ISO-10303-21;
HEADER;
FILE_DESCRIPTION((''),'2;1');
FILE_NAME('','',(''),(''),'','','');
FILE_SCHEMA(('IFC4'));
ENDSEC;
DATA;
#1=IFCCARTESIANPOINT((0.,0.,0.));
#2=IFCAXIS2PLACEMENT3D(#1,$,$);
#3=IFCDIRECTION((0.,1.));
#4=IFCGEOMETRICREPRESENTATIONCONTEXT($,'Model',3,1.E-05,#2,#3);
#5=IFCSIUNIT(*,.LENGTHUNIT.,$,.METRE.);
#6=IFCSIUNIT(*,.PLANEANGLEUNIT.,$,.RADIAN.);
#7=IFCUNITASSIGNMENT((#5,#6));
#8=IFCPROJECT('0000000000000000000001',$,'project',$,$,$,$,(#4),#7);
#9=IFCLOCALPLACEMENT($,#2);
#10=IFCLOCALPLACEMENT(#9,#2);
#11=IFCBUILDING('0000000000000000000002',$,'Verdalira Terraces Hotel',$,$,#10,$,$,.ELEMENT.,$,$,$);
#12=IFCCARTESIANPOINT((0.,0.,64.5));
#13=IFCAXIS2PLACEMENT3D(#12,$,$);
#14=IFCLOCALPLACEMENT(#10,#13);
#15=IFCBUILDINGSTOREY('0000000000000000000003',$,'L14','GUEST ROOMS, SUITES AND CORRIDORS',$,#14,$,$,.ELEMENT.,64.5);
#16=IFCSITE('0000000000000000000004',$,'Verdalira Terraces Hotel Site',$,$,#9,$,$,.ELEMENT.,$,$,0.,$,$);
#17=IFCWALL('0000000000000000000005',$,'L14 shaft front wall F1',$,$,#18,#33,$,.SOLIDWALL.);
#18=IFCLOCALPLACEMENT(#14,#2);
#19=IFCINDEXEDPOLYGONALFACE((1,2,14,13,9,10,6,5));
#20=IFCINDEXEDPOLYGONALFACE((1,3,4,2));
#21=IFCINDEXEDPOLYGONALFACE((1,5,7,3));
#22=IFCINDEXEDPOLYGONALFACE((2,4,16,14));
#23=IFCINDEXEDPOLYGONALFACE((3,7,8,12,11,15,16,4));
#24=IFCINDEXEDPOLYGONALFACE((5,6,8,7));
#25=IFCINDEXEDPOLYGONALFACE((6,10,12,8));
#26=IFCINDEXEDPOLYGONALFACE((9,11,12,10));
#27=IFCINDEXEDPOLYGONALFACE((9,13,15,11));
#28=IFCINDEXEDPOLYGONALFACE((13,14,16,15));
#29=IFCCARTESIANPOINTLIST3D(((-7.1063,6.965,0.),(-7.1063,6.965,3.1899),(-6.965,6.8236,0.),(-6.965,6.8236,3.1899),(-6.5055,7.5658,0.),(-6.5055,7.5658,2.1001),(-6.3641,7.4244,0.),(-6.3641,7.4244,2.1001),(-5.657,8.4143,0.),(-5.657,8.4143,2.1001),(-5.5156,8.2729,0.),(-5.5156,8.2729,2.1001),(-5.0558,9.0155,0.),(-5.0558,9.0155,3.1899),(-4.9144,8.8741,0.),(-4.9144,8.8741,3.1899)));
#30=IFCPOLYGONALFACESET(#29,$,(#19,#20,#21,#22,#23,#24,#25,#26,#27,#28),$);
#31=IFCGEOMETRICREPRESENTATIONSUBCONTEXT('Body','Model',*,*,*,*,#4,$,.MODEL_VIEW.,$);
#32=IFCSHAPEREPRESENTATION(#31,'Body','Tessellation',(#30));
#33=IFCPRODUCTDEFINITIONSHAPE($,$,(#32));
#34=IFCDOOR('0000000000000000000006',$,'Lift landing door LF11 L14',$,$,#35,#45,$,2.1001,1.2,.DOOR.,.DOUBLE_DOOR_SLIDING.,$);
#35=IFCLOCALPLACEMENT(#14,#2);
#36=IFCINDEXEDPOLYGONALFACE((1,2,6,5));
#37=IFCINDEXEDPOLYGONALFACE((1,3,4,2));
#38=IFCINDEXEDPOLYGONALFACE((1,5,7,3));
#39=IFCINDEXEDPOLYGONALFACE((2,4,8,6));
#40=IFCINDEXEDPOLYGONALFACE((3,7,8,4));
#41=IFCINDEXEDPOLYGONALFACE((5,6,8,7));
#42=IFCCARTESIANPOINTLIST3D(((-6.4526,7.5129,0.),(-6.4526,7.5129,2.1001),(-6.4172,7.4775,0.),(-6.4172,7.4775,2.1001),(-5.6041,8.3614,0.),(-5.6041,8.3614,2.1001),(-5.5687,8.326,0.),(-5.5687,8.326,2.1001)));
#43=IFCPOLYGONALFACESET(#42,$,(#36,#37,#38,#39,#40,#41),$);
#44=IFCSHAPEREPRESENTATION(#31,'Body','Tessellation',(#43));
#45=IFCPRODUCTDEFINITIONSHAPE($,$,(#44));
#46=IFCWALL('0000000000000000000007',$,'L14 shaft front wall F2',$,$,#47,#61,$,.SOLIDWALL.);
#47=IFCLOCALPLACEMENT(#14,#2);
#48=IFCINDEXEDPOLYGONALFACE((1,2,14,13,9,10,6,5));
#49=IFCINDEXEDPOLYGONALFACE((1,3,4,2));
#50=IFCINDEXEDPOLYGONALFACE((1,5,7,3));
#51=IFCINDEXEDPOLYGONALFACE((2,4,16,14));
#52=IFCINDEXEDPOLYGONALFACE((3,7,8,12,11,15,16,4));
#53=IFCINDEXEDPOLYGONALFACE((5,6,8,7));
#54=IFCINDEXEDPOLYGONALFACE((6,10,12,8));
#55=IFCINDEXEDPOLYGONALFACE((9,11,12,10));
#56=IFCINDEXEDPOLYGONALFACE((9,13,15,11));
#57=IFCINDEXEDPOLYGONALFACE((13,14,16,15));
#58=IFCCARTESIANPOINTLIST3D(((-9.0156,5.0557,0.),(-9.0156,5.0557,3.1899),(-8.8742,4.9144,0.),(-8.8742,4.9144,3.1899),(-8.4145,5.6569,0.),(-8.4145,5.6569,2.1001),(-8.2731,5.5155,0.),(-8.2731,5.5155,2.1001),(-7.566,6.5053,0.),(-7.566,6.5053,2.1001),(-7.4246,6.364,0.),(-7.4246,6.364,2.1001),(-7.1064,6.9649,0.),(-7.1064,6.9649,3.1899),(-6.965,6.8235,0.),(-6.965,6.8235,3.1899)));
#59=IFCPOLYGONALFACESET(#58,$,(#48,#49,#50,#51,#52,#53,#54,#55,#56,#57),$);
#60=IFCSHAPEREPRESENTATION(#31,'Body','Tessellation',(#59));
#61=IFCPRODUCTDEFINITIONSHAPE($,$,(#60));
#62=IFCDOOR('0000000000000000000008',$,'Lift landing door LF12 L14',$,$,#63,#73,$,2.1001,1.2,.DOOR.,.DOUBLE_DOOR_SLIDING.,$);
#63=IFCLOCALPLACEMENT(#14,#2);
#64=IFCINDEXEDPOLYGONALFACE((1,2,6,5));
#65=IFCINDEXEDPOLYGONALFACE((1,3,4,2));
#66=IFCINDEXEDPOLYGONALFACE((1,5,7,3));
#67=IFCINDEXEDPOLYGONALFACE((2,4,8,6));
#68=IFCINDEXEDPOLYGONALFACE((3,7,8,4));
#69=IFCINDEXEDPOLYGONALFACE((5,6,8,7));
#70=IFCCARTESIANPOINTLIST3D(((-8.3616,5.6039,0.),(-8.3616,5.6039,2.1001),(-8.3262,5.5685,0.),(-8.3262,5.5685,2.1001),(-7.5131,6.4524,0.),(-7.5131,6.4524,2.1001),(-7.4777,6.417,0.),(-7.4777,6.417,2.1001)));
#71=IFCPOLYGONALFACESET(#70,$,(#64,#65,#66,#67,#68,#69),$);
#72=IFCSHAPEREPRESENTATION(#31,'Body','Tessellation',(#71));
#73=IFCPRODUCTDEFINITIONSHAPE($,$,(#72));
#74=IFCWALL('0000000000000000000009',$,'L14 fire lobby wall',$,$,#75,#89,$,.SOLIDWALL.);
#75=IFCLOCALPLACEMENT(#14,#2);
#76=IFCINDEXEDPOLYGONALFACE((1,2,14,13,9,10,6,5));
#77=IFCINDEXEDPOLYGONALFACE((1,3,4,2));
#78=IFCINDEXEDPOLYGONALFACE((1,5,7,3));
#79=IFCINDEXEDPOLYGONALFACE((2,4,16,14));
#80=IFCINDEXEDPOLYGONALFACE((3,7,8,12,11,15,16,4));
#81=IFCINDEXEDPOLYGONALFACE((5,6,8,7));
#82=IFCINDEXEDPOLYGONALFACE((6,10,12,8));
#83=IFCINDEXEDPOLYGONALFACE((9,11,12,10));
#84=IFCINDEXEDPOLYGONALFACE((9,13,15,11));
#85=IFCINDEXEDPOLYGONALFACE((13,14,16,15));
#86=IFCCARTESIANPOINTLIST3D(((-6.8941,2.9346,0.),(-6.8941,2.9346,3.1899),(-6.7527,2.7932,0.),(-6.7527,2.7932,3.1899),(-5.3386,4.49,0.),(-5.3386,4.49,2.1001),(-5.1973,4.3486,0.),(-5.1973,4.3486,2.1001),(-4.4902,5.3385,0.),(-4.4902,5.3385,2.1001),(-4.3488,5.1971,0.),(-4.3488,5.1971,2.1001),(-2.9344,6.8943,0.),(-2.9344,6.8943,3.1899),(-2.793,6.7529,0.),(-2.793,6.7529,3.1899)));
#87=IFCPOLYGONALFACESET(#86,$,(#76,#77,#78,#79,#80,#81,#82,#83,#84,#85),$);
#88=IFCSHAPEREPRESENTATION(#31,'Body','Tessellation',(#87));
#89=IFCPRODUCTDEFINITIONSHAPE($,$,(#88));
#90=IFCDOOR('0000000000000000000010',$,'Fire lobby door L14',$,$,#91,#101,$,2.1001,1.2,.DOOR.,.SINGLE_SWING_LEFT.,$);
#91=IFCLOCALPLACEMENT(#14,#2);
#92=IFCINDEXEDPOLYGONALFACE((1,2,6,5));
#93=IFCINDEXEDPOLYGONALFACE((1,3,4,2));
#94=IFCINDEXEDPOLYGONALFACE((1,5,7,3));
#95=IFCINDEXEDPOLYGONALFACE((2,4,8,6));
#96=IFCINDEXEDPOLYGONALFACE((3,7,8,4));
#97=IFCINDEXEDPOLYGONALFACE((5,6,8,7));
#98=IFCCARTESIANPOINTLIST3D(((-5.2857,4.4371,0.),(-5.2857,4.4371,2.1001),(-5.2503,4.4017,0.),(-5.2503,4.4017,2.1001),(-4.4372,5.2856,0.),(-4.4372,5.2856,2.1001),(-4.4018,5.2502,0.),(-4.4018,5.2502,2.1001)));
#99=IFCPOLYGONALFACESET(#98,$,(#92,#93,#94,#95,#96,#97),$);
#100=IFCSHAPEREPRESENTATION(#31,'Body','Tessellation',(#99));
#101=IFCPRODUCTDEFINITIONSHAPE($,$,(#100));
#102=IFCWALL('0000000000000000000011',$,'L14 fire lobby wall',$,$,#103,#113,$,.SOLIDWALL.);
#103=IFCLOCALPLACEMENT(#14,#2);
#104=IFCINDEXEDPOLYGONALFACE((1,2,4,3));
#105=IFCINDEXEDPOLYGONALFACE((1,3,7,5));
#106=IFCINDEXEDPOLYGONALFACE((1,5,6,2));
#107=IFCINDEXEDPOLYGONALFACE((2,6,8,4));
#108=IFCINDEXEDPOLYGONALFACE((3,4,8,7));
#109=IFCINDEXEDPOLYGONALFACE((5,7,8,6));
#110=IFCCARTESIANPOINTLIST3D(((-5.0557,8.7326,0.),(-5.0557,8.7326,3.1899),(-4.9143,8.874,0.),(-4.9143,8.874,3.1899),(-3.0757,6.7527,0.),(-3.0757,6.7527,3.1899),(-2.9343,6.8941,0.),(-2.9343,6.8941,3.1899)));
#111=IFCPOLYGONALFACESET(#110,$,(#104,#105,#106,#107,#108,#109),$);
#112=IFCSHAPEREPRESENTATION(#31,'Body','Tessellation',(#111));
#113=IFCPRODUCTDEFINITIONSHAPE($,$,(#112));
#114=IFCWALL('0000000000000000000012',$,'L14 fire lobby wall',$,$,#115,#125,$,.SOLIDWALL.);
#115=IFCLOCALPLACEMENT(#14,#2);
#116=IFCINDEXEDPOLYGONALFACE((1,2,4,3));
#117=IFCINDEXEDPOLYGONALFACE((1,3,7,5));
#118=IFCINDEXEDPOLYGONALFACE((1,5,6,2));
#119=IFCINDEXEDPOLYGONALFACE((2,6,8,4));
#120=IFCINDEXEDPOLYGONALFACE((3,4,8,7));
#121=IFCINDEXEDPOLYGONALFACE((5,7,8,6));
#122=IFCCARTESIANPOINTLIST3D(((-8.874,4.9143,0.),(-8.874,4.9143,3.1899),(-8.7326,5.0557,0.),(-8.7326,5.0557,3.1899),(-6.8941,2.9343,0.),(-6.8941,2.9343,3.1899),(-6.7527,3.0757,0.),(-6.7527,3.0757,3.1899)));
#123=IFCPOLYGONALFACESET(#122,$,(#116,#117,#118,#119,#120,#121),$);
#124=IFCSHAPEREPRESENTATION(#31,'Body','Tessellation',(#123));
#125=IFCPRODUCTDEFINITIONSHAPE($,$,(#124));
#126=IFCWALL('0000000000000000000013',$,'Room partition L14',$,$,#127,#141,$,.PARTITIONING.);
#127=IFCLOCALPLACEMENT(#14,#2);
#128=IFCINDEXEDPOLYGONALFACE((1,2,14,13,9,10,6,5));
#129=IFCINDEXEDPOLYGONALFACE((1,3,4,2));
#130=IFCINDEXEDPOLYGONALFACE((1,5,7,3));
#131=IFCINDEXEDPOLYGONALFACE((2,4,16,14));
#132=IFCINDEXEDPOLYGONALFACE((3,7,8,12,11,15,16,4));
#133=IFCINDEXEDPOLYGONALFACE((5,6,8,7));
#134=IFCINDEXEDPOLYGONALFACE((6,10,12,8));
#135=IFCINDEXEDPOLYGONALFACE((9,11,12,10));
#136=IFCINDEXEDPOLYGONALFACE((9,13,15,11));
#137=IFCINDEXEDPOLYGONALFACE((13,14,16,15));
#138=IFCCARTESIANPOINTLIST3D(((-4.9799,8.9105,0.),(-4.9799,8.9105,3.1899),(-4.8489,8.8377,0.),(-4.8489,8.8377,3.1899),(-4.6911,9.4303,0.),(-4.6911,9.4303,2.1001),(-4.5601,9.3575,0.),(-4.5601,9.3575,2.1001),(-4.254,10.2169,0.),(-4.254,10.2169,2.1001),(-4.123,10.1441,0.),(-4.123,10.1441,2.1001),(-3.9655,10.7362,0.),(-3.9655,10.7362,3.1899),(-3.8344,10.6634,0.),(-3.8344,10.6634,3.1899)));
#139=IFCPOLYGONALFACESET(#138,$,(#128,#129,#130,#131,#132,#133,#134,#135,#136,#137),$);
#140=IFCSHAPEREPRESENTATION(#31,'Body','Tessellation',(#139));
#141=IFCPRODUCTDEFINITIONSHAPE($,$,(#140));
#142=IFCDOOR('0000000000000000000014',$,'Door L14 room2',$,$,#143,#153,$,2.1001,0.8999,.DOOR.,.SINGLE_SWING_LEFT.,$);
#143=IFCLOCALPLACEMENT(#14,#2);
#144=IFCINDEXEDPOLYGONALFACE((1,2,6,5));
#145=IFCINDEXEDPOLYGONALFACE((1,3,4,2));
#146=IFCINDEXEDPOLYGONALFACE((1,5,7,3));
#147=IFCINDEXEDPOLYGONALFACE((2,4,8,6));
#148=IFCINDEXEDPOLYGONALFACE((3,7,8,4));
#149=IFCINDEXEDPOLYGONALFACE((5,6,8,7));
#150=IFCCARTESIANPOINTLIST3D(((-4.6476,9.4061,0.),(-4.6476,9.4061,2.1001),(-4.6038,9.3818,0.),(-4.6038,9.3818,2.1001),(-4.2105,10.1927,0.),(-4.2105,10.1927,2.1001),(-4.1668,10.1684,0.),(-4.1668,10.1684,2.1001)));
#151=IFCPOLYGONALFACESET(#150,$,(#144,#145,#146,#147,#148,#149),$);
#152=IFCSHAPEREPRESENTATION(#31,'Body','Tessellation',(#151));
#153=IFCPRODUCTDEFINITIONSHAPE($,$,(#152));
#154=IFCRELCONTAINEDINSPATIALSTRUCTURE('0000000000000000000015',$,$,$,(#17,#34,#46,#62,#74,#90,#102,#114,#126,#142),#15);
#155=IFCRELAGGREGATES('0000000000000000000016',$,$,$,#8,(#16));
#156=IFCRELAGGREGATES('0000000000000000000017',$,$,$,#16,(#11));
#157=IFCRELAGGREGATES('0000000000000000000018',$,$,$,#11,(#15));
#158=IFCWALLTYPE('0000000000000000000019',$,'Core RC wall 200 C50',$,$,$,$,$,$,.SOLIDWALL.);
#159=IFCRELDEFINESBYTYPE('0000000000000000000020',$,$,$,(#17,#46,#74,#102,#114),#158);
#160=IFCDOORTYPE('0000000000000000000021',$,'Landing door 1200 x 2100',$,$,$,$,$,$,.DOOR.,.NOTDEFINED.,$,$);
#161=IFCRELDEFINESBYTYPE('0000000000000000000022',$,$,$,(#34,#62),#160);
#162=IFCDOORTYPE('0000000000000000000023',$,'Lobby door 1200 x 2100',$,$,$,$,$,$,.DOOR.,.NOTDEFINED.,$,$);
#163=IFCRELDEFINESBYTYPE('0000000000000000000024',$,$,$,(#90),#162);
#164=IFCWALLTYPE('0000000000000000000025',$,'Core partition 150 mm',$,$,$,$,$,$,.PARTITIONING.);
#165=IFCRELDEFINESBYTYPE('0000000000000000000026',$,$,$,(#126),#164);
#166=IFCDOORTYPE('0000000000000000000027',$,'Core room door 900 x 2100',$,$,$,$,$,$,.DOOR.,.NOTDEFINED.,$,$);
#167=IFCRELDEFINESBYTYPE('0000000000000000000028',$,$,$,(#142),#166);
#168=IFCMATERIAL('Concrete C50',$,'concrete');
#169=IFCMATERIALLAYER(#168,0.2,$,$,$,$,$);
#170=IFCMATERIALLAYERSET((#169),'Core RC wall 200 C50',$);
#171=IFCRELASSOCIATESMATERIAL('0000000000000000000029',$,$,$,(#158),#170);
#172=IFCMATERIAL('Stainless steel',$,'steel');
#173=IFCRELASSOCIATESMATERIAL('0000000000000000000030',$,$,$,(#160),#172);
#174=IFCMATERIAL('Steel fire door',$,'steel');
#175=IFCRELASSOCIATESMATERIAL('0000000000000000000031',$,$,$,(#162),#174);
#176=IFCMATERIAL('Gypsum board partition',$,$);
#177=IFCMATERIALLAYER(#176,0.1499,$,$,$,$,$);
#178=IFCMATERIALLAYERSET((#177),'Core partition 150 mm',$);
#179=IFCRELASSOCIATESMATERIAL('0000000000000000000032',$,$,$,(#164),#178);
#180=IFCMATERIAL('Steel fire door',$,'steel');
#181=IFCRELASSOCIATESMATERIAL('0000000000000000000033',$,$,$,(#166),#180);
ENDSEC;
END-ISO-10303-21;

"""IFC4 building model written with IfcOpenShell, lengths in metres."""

from ifc_helpers import new_model, si_unit, direction, frame, frame_2d, origin, place, context, subcontext, project, spatial, rectangle, extrude, material, layer, layer_set, type_object, element, fill, save


model = new_model("IFC4")

# Units and contexts
model_context = context("Model", 3, precision=1e-05, world=origin(), true_north=direction((0.0, 1.0)))
body_context = subcontext(model_context, "Body", "Model", "MODEL_VIEW")
ifc_project = project(units=[si_unit("LENGTHUNIT", "METRE"), si_unit("PLANEANGLEUNIT", "RADIAN")], contexts=[model_context])

# Site, building, storey
site_placement = place(None, origin())
site = spatial("IfcSite", under=ifc_project, at=site_placement, Name="Verdalira Terraces Hotel Site", CompositionType="ELEMENT", RefElevation=0.0)
building_placement = place(site_placement, origin())
building = spatial("IfcBuilding", under=site, at=building_placement, Name="Verdalira Terraces Hotel", CompositionType="ELEMENT")
storey_placement = place(building_placement, frame((0.0, 0.0, 64.5)))
storey = spatial("IfcBuildingStorey", under=building, at=storey_placement, Name="L14", Description="GUEST ROOMS, SUITES AND CORRIDORS", CompositionType="ELEMENT", Elevation=64.5)

# Walls, openings, doors
ifc_material_1 = material(Name="Concrete C50", Category="concrete")
ifc_layer_1 = layer(ifc_material_1, 0.2)
ifc_layer_set_1 = layer_set([ifc_layer_1], Name="Core RC wall 200 C50")
wall_type_1 = type_object("IfcWallType", Name="Core RC wall 200 C50", PredefinedType="SOLIDWALL", material=ifc_layer_set_1)
ifc_material_2 = material(Name="Stainless steel", Category="steel")
door_type_1 = type_object("IfcDoorType", Name="Landing door 1200 x 2100", OperationType="NOTDEFINED", PredefinedType="DOOR", material=ifc_material_2)
wall_1_placement = place(storey_placement, frame((-4.9851, 8.9448, 0.0), z_axis=(0.0, 0.0, 1.0), x_axis=(-0.707107, -0.707107, 0.0)))
wall_1 = element("IfcWall", 1, at=wall_1_placement, inside=storey, type_object=wall_type_1, Name="L14 shaft front wall F1", PredefinedType="SOLIDWALL", context=body_context, shape_type="SweptSolid", body=[
    extrude(rectangle(XDim=2.8999, YDim=0.2, at=frame_2d((1.45, 0.0))), origin(), (0.0, 0.0, 1.0), 3.1899),
])
opening_1_placement = place(wall_1_placement, frame((0.8501, 0.0, 0.0)))
opening_1 = element("IfcOpeningElement", 2, at=opening_1_placement, cuts=wall_1, PredefinedType="OPENING", context=body_context, shape_type="SweptSolid", body=[
    extrude(rectangle(XDim=1.2, YDim=2.1001, at=frame_2d((0.6001, 1.05))), frame((0.0, 0.1099, 0.0), z_axis=(0.0, -1.0, 0.0), x_axis=(1.0, 0.0, 0.0)), (0.0, 0.0, 1.0), 0.22),
])
door_1_placement = place(opening_1_placement, origin())
door_1 = element("IfcDoor", 3, at=door_1_placement, inside=storey, type_object=door_type_1, Name="Lift landing door LF11 L14", OperationType="DOUBLE_DOOR_SLIDING", OverallHeight=2.1001, OverallWidth=1.2, PredefinedType="DOOR", context=body_context, shape_type="SweptSolid", body=[
    extrude(rectangle(XDim=1.2, YDim=2.1001, at=frame_2d((0.6001, 1.05))), frame((0.0, 0.0249, 0.0), z_axis=(0.0, -1.0, 0.0), x_axis=(1.0, 0.0, 0.0)), (0.0, 0.0, 1.0), 0.05),
])
fill(opening_1, door_1)
wall_2_placement = place(storey_placement, frame((-7.0356, 6.8943, 0.0), z_axis=(0.0, 0.0, 1.0), x_axis=(-0.707107, -0.707107, 0.0)))
wall_2 = element("IfcWall", 4, at=wall_2_placement, inside=storey, type_object=wall_type_1, Name="L14 shaft front wall F2", PredefinedType="SOLIDWALL", context=body_context, shape_type="SweptSolid", body=[
    extrude(rectangle(XDim=2.7, YDim=0.2, at=frame_2d((1.3501, 0.0))), origin(), (0.0, 0.0, 1.0), 3.1899),
])
opening_2_placement = place(wall_2_placement, frame((0.6499, 0.0, 0.0)))
opening_2 = element("IfcOpeningElement", 5, at=opening_2_placement, cuts=wall_2, PredefinedType="OPENING", context=body_context, shape_type="SweptSolid", body=[
    extrude(rectangle(XDim=1.2, YDim=2.1001, at=frame_2d((0.6001, 1.05))), frame((0.0, 0.1099, 0.0), z_axis=(0.0, -1.0, 0.0), x_axis=(1.0, 0.0, 0.0)), (0.0, 0.0, 1.0), 0.22),
])
door_2_placement = place(opening_2_placement, origin())
door_2 = element("IfcDoor", 6, at=door_2_placement, inside=storey, type_object=door_type_1, Name="Lift landing door LF12 L14", OperationType="DOUBLE_DOOR_SLIDING", OverallHeight=2.1001, OverallWidth=1.2, PredefinedType="DOOR", context=body_context, shape_type="SweptSolid", body=[
    extrude(rectangle(XDim=1.2, YDim=2.1001, at=frame_2d((0.6001, 1.05))), frame((0.0, 0.0249, 0.0), z_axis=(0.0, -1.0, 0.0), x_axis=(1.0, 0.0, 0.0)), (0.0, 0.0, 1.0), 0.05),
])
fill(opening_2, door_2)
wall_3_placement = place(storey_placement, frame((-2.8638, 6.8235, 0.0), z_axis=(0.0, 0.0, 1.0), x_axis=(-0.707107, -0.707107, 0.0)))
wall_3 = element("IfcWall", 7, at=wall_3_placement, inside=storey, type_object=wall_type_1, Name="L14 fire lobby wall", PredefinedType="SOLIDWALL", context=body_context, shape_type="SweptSolid", body=[
    extrude(rectangle(XDim=5.5999, YDim=0.2, at=frame_2d((2.7998, 0.0))), origin(), (0.0, 0.0, 1.0), 3.1899),
])
opening_3_placement = place(wall_3_placement, frame((2.2, 0.0, 0.0)))
opening_3 = element("IfcOpeningElement", 8, at=opening_3_placement, cuts=wall_3, PredefinedType="OPENING", context=body_context, shape_type="SweptSolid", body=[
    extrude(rectangle(XDim=1.2, YDim=2.1001, at=frame_2d((0.6001, 1.05))), frame((0.0, 0.1099, 0.0), z_axis=(0.0, -1.0, 0.0), x_axis=(1.0, 0.0, 0.0)), (0.0, 0.0, 1.0), 0.22),
])
ifc_material_3 = material(Name="Steel fire door", Category="steel")
door_type_2 = type_object("IfcDoorType", Name="Lobby door 1200 x 2100", OperationType="NOTDEFINED", PredefinedType="DOOR", material=ifc_material_3)
door_3_placement = place(opening_3_placement, origin())
door_3 = element("IfcDoor", 9, at=door_3_placement, inside=storey, type_object=door_type_2, Name="Fire lobby door L14", OperationType="SINGLE_SWING_LEFT", OverallHeight=2.1001, OverallWidth=1.2, PredefinedType="DOOR", context=body_context, shape_type="SweptSolid", body=[
    extrude(rectangle(XDim=1.2, YDim=2.1001, at=frame_2d((0.6001, 1.05))), frame((0.0, 0.0249, 0.0), z_axis=(0.0, -1.0, 0.0), x_axis=(1.0, 0.0, 0.0)), (0.0, 0.0, 1.0), 0.05),
])
fill(opening_3, door_3)

# Walls
for number, where, z_axis, x_axis, name in (
    (10, (-3.0051, 6.8235, 0.0), (0.0, 0.0, 1.0), (-0.707107, 0.707107, 0.0), "L14 fire lobby wall"),
    (11, (-6.8235, 3.0051, 0.0), (0.0, 0.0, 1.0), (-0.707107, 0.707107, 0.0), "L14 fire lobby wall"),
):
    element("IfcWall", number, at=place(storey_placement, frame(where, z_axis=z_axis, x_axis=x_axis)), inside=storey, type_object=wall_type_1, Name=name, PredefinedType="SOLIDWALL", context=body_context, shape_type="SweptSolid", body=[
        extrude(rectangle(XDim=2.8, YDim=0.2, at=frame_2d((1.3999, 0.0))), origin(), (0.0, 0.0, 1.0), 3.1899),
    ])

# Wall, opening, door
ifc_material_4 = material(Name="Gypsum board partition")
ifc_layer_2 = layer(ifc_material_4, 0.1499)
ifc_layer_set_2 = layer_set([ifc_layer_2], Name="Core partition 150 mm")
wall_type_2 = type_object("IfcWallType", Name="Core partition 150 mm", PredefinedType="PARTITIONING", material=ifc_layer_set_2)
wall_4_placement = place(storey_placement, frame((-3.8999, 10.7, 0.0), z_axis=(0.0, 0.0, 1.0), x_axis=(-0.485693, -0.87413, 0.0)))
wall_4 = element("IfcWall", 12, at=wall_4_placement, inside=storey, type_object=wall_type_2, Name="Room partition L14", PredefinedType="PARTITIONING", context=body_context, shape_type="SweptSolid", body=[
    extrude(rectangle(XDim=2.0886, YDim=0.1499, at=frame_2d((1.0444, 0.0))), origin(), (0.0, 0.0, 1.0), 3.1899),
])
opening_4_placement = place(wall_4_placement, frame((0.5942, 0.0, 0.0)))
opening_4 = element("IfcOpeningElement", 13, at=opening_4_placement, cuts=wall_4, PredefinedType="OPENING", context=body_context, shape_type="SweptSolid", body=[
    extrude(rectangle(XDim=0.8999, YDim=2.1001, at=frame_2d((0.45, 1.05))), frame((0.0, 0.085, 0.0), z_axis=(0.0, -1.0, 0.0), x_axis=(1.0, 0.0, 0.0)), (0.0, 0.0, 1.0), 0.1699),
])
ifc_material_5 = material(Name="Steel fire door", Category="steel")
door_type_3 = type_object("IfcDoorType", Name="Core room door 900 x 2100", OperationType="NOTDEFINED", PredefinedType="DOOR", material=ifc_material_5)
door_4_placement = place(opening_4_placement, origin())
door_4 = element("IfcDoor", 14, at=door_4_placement, inside=storey, type_object=door_type_3, Name="Door L14 room2", OperationType="SINGLE_SWING_LEFT", OverallHeight=2.1001, OverallWidth=0.8999, PredefinedType="DOOR", context=body_context, shape_type="SweptSolid", body=[
    extrude(rectangle(XDim=0.8999, YDim=2.1001, at=frame_2d((0.45, 1.05))), frame((0.0, 0.0249, 0.0), z_axis=(0.0, -1.0, 0.0), x_axis=(1.0, 0.0, 0.0)), (0.0, 0.0, 1.0), 0.05),
])
fill(opening_4, door_4)

save(model, "model.ifc")
